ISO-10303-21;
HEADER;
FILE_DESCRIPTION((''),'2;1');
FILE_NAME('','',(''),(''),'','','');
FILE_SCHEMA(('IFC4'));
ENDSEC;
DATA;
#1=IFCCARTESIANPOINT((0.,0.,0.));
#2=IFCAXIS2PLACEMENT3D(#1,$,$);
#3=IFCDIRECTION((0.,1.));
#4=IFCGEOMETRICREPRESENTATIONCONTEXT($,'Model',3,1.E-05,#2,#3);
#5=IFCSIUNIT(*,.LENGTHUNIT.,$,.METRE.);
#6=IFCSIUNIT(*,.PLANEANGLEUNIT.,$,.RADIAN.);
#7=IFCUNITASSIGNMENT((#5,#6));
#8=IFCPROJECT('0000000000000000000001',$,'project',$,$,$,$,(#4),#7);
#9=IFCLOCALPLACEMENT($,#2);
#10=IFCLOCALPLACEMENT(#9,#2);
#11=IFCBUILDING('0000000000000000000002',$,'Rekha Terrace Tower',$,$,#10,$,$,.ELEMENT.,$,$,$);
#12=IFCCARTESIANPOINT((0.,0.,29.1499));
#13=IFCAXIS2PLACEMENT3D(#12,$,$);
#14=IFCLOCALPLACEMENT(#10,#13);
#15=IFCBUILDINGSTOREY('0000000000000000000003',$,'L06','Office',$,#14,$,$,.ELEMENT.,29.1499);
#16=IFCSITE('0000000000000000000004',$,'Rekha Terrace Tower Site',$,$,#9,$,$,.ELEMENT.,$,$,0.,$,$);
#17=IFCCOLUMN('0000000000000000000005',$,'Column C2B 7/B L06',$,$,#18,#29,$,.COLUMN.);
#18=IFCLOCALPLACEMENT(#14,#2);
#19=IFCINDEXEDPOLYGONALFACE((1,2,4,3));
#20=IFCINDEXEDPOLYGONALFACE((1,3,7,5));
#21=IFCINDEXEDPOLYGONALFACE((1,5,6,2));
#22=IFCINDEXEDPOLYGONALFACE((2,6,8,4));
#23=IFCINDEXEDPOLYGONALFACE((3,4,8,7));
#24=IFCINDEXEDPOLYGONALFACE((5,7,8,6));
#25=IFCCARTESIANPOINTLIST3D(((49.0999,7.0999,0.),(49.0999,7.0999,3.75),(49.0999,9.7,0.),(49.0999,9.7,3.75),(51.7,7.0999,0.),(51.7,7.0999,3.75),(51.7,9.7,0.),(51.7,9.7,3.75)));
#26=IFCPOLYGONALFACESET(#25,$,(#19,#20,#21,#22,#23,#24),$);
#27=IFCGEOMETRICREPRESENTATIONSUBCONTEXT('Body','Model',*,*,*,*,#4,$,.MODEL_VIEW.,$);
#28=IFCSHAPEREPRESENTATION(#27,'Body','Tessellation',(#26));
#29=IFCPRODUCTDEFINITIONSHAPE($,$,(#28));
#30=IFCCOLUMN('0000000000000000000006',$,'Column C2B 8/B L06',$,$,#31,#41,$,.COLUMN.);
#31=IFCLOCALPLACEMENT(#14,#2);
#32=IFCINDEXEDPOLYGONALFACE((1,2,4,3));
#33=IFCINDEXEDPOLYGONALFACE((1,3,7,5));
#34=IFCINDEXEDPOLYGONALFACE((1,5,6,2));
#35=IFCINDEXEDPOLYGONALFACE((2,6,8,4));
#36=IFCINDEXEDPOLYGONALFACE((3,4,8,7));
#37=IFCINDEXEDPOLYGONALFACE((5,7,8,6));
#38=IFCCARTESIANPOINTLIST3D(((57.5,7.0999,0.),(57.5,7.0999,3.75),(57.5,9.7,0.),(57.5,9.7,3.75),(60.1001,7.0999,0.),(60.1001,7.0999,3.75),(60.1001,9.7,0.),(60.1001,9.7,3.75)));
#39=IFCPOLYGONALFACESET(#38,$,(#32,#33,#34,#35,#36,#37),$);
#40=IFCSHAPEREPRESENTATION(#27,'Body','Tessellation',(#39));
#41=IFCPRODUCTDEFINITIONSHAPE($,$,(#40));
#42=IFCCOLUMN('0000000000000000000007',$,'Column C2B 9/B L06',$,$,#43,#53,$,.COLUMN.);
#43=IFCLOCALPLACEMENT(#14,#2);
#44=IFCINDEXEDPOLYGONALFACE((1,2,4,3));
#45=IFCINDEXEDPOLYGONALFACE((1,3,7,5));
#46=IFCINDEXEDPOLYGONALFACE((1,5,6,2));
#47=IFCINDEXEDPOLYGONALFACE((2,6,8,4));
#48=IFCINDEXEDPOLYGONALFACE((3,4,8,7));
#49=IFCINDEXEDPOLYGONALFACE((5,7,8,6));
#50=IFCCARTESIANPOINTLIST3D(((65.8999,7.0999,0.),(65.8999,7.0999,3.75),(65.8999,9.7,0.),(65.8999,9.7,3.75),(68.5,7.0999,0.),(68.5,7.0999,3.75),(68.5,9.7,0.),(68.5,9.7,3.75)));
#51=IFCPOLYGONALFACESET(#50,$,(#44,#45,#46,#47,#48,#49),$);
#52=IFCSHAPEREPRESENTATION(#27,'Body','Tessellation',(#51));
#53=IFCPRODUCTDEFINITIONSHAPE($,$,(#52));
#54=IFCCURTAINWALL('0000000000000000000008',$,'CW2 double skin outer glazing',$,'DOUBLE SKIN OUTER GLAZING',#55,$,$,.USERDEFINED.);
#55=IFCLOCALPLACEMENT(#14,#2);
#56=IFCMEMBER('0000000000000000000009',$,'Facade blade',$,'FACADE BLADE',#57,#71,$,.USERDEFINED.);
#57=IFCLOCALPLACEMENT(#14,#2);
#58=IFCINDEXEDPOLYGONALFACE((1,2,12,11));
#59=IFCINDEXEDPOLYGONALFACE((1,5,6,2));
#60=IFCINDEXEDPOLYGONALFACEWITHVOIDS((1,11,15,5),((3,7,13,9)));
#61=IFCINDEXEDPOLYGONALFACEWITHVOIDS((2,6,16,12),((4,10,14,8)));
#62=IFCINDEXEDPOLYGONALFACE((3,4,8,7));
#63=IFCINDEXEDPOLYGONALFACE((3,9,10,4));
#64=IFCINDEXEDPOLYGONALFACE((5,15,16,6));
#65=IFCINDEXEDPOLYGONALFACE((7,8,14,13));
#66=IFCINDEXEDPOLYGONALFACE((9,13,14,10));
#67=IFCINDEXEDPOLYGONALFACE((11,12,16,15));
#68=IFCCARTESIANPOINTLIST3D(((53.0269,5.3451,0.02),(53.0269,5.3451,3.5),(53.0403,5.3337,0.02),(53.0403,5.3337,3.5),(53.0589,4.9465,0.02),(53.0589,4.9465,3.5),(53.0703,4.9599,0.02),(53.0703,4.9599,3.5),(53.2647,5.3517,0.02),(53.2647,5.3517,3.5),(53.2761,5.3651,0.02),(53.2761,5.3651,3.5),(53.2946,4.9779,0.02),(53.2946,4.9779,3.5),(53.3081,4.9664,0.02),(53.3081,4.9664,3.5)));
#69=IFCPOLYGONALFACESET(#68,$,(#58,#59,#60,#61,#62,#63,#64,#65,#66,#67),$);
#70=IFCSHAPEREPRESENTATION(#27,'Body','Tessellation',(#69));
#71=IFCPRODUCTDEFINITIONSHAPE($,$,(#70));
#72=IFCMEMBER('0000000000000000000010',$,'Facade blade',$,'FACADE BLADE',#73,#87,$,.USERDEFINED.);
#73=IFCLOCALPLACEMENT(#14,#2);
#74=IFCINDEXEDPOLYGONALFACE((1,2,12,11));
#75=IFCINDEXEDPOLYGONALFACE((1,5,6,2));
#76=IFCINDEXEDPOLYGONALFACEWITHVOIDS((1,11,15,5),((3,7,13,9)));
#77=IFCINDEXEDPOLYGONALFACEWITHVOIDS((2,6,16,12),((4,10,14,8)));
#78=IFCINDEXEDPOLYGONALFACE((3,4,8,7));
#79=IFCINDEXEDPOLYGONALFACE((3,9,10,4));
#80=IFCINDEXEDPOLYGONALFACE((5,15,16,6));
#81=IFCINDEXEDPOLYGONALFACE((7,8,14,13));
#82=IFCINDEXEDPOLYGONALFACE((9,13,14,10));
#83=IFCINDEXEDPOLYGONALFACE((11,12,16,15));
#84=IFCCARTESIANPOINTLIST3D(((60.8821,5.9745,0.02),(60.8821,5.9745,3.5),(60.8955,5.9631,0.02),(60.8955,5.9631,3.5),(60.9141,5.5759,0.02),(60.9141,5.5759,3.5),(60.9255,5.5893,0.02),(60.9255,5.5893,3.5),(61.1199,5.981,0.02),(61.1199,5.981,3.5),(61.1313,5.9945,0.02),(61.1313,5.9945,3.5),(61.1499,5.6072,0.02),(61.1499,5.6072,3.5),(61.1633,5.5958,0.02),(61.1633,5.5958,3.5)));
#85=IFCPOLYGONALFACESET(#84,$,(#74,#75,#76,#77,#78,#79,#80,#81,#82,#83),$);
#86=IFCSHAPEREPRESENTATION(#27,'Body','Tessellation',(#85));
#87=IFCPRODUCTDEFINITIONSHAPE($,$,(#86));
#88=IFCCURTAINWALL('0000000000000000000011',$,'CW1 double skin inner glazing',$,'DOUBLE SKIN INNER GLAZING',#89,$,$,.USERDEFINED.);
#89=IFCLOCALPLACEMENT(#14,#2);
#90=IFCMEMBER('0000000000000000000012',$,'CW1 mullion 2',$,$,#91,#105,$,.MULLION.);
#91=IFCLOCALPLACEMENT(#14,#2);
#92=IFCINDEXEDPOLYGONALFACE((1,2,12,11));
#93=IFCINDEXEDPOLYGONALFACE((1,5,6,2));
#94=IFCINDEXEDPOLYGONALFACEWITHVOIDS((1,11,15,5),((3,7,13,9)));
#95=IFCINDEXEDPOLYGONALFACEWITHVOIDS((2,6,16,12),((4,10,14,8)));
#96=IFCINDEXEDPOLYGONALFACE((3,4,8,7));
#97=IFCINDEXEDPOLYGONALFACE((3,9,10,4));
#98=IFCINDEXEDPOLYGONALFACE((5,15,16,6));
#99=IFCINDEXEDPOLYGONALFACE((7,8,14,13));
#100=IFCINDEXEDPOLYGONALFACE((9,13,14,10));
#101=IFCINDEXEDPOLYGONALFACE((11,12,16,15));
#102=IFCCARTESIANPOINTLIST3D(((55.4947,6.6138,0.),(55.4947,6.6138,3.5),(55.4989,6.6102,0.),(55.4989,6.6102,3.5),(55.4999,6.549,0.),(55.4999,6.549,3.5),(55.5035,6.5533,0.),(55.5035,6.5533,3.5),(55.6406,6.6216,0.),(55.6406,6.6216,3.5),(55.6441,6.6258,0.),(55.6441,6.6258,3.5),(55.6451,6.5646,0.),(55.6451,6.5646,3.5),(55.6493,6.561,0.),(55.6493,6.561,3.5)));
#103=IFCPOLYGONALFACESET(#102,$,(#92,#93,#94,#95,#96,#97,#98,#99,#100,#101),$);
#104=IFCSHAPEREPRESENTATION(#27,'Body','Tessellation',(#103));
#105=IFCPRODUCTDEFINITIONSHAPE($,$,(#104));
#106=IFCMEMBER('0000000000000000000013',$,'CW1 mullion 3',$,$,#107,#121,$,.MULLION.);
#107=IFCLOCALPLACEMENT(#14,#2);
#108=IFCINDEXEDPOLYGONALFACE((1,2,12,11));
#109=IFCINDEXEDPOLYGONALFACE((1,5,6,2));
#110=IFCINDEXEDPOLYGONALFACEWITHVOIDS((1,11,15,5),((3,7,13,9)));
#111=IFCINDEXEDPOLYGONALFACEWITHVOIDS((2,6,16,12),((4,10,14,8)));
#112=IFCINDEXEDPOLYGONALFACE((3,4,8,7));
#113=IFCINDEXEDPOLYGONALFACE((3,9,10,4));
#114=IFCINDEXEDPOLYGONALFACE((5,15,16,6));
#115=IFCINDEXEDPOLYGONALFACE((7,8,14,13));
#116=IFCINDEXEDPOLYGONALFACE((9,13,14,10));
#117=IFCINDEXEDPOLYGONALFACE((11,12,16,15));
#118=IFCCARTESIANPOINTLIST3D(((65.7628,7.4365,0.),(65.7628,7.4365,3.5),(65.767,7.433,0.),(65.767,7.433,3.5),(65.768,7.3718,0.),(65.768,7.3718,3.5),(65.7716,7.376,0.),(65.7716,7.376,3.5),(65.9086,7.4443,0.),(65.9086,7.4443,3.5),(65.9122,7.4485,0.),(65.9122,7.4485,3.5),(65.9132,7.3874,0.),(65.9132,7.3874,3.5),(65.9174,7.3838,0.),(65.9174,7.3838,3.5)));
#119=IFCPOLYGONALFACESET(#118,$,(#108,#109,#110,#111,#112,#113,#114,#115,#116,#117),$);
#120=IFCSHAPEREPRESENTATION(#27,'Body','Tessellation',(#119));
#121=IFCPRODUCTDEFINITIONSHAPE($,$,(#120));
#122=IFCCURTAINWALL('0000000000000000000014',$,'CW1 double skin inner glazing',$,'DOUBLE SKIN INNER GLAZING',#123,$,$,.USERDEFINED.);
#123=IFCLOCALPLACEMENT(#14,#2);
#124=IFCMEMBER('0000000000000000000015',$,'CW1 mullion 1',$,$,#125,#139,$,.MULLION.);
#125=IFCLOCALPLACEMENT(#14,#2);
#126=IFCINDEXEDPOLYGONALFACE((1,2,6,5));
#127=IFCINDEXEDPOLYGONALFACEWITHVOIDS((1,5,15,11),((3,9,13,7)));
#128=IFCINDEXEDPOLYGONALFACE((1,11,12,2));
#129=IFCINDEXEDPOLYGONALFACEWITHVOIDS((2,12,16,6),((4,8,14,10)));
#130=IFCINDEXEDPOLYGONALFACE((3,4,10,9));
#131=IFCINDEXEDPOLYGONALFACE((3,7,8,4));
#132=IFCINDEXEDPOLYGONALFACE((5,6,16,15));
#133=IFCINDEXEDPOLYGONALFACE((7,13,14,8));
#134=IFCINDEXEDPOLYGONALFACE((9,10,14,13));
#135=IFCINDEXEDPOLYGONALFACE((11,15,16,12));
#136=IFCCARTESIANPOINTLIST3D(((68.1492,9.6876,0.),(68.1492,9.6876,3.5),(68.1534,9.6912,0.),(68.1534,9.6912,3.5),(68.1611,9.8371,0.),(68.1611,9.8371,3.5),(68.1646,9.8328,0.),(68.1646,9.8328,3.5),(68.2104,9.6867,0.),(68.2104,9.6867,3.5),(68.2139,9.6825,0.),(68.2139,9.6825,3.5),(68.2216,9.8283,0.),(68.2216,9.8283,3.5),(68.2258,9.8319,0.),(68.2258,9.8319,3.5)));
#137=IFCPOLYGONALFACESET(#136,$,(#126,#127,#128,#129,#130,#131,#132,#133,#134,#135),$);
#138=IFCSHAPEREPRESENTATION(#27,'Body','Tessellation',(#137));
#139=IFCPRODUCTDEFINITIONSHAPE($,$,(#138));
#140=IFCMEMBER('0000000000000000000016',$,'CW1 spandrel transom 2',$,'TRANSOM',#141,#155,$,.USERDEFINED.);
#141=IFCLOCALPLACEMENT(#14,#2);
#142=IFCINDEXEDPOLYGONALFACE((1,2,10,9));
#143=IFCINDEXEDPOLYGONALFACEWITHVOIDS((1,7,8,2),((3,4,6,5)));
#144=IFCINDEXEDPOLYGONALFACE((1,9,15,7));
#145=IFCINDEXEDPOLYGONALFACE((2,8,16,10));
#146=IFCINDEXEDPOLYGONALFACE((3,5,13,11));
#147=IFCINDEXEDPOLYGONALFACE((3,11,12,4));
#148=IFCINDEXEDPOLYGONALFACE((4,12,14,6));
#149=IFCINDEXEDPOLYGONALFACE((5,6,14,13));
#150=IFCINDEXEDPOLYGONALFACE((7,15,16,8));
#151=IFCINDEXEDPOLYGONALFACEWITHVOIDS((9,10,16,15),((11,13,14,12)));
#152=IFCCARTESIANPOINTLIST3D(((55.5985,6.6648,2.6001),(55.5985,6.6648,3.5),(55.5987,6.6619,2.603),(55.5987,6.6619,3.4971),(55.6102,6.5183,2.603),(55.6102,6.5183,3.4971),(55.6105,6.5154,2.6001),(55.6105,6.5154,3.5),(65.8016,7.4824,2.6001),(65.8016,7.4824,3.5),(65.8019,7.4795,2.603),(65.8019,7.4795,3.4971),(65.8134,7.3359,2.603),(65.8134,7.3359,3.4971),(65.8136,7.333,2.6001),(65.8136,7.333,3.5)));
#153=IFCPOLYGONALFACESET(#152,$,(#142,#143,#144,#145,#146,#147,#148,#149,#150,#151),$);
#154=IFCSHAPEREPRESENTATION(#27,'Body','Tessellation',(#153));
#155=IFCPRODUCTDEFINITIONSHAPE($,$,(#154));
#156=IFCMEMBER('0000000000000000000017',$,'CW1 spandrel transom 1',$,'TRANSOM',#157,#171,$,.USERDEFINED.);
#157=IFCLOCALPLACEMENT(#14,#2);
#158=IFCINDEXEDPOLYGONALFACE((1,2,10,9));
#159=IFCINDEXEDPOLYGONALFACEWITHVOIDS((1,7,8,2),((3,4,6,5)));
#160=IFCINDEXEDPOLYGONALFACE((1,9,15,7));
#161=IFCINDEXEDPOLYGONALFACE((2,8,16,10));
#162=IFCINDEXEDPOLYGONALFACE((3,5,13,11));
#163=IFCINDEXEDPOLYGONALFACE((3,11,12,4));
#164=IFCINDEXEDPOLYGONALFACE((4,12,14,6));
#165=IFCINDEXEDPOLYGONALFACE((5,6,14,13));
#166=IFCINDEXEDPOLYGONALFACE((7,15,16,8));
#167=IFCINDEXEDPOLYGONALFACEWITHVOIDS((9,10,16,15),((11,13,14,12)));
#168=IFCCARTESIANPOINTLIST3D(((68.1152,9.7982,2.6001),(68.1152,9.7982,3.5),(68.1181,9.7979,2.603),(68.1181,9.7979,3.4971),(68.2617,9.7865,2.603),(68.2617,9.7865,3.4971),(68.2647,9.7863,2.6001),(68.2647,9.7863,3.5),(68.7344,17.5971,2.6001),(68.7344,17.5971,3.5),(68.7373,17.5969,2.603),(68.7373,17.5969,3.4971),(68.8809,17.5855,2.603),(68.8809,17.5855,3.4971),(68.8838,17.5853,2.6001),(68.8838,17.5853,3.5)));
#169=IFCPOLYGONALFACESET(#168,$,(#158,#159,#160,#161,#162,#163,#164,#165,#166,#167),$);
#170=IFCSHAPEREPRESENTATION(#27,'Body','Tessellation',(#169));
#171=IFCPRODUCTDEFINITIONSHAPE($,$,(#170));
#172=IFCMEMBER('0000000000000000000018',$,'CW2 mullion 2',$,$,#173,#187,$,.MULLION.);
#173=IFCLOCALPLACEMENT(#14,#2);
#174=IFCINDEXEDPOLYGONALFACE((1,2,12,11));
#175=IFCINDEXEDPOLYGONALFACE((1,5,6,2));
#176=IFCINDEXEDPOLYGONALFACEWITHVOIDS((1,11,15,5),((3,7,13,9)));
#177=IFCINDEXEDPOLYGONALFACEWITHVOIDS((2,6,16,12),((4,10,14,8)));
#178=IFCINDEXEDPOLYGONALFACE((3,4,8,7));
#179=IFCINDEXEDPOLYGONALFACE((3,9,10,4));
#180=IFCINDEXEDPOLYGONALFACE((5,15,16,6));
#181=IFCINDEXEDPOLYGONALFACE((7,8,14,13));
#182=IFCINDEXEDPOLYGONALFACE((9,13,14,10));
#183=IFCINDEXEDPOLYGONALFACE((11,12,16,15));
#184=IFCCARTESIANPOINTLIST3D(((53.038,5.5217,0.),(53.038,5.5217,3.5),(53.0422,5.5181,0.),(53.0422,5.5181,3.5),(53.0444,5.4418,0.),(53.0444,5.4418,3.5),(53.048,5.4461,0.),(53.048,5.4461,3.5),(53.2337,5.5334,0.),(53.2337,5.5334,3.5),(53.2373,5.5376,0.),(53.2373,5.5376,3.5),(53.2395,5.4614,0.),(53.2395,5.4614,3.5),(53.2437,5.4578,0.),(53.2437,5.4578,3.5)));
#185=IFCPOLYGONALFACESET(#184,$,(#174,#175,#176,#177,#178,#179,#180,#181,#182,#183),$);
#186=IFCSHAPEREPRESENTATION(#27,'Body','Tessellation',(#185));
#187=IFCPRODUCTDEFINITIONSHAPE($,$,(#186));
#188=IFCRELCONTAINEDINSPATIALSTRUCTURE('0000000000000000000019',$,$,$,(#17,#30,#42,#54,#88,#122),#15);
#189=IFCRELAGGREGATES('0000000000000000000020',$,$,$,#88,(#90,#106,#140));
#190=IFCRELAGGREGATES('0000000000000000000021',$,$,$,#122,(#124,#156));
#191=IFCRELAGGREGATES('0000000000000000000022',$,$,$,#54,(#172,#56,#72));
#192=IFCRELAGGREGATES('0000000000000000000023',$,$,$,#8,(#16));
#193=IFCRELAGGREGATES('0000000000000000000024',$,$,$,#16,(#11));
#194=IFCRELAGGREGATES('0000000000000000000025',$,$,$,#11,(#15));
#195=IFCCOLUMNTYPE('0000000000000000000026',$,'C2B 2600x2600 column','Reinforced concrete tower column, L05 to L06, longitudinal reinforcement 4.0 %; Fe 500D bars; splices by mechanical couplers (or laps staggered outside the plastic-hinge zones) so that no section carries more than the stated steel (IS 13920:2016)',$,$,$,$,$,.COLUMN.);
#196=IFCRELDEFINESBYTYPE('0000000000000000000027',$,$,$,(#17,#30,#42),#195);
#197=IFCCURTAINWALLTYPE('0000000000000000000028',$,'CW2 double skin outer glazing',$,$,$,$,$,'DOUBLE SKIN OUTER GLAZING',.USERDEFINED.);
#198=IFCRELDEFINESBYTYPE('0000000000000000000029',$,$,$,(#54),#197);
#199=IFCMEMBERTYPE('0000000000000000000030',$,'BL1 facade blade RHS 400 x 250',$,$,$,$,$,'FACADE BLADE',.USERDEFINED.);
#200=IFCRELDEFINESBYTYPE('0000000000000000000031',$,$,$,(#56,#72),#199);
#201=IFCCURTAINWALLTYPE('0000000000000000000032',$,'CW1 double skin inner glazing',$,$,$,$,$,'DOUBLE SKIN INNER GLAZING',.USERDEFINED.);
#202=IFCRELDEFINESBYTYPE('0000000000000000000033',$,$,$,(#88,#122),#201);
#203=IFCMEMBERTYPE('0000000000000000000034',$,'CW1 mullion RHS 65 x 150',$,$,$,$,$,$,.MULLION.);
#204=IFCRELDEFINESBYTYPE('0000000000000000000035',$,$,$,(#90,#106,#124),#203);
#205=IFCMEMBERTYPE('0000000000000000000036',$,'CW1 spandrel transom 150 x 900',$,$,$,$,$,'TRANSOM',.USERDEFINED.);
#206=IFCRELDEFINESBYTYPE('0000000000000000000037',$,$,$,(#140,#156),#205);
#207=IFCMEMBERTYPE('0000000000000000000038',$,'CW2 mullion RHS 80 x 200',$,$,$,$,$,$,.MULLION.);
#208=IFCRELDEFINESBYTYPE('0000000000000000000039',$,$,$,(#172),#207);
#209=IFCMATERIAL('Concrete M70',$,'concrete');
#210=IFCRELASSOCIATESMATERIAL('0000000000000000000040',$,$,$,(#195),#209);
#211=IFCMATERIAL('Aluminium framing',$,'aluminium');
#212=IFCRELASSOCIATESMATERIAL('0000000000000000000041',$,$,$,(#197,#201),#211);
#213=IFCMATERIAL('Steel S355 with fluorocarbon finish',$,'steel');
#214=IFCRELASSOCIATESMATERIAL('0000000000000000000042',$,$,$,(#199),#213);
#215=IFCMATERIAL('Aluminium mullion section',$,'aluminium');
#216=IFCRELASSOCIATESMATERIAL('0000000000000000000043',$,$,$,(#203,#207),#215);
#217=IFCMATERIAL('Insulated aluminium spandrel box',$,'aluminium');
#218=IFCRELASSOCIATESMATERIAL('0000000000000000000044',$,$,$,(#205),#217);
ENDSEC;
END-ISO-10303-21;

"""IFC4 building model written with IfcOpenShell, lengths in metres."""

from ifc_helpers import new_model, si_unit, direction, frame, origin, origin_2d, place, context, subcontext, project, spatial, rectangle, hollow_rectangle, extrude, material, material_profile, profile_set, type_object, element, aggregate, save


model = new_model("IFC4")

# Units and contexts
model_context = context("Model", 3, precision=1e-05, world=origin(), true_north=direction((0.0, 1.0)))
body_context = subcontext(model_context, "Body", "Model", "MODEL_VIEW")
ifc_project = project(units=[si_unit("LENGTHUNIT", "METRE"), si_unit("PLANEANGLEUNIT", "RADIAN")], contexts=[model_context])

# Site, building, storey
site_placement = place(None, origin())
site = spatial("IfcSite", under=ifc_project, at=site_placement, Name="Rekha Terrace Tower Site", CompositionType="ELEMENT", RefElevation=0.0)
building_placement = place(site_placement, origin())
building = spatial("IfcBuilding", under=site, at=building_placement, Name="Rekha Terrace Tower", CompositionType="ELEMENT")
storey_placement = place(building_placement, frame((0.0, 0.0, 29.1499)))
storey = spatial("IfcBuildingStorey", under=building, at=storey_placement, Name="L06", Description="Office", CompositionType="ELEMENT", Elevation=29.1499)

# Columns
ifc_material_1 = material(Name="Concrete M70", Category="concrete")
ifc_material_profile_1 = material_profile(ifc_material_1, rectangle(XDim=2.6001, YDim=2.6001, at=origin_2d()), Name="RC 2600x2600")
ifc_profile_set_1 = profile_set([ifc_material_profile_1], Name="Concrete M70")
column_type = type_object("IfcColumnType", Name="C2B 2600x2600 column", Description="Reinforced concrete tower column, L05 to L06, longitudinal reinforcement 4.0 %; Fe 500D bars; splices by mechanical couplers (or laps staggered outside the plastic-hinge zones) so that no section carries more than the stated steel (IS 13920:2016)", PredefinedType="COLUMN", material=ifc_profile_set_1)
for number, where, z_axis, x_axis, name in (
    (1, (50.3999, 8.3999, 0.0), (0.0, 0.0, 1.0), (1.0, 0.0, 0.0), "Column C2B 7/B L06"),
    (2, (58.8, 8.3999, 0.0), (0.0, 0.0, 1.0), (1.0, 0.0, 0.0), "Column C2B 8/B L06"),
    (3, (67.2, 8.3999, 0.0), (0.0, 0.0, 1.0), (1.0, 0.0, 0.0), "Column C2B 9/B L06"),
):
    element("IfcColumn", number, at=place(storey_placement, frame(where, z_axis=z_axis, x_axis=x_axis)), inside=storey, type_object=column_type, Name=name, PredefinedType="COLUMN", context=body_context, shape_type="SweptSolid", body=[
        extrude(rectangle(XDim=2.6001, YDim=2.6001, at=origin_2d()), origin(), (0.0, 0.0, 1.0), 3.75),
    ])

# Curtain walls, members
ifc_material_2 = material(Name="Aluminium framing", Category="aluminium")
curtain_wall_type_1 = type_object("IfcCurtainWallType", Name="CW2 double skin outer glazing", ElementType="DOUBLE SKIN OUTER GLAZING", PredefinedType="USERDEFINED", material=ifc_material_2)
curtain_wall_1_placement = place(storey_placement, origin())
curtain_wall_1 = element("IfcCurtainWall", 4, at=curtain_wall_1_placement, inside=storey, type_object=curtain_wall_type_1, Name="CW2 double skin outer glazing", ObjectType="DOUBLE SKIN OUTER GLAZING", PredefinedType="USERDEFINED")
ifc_material_3 = material(Name="Steel S355 with fluorocarbon finish", Category="steel")
ifc_material_profile_2 = material_profile(ifc_material_3, hollow_rectangle(XDim=0.25, YDim=0.3999, WallThickness=0.0125, at=origin_2d()), Name="RHS400x250x12.5")
ifc_profile_set_2 = profile_set([ifc_material_profile_2], Name="Steel S355 with fluorocarbon finish")
member_type_1 = type_object("IfcMemberType", Name="BL1 facade blade RHS 400 x 250", ElementType="FACADE BLADE", PredefinedType="USERDEFINED", material=ifc_profile_set_2)
member_1_placement = place(storey_placement, frame((53.1675, 5.1558, 0.02), z_axis=(0.0, 0.0, 1.0), x_axis=(0.996805, 0.079872, 0.0)))
member_1 = element("IfcMember", 5, at=member_1_placement, type_object=member_type_1, Name="Facade blade", ObjectType="FACADE BLADE", PredefinedType="USERDEFINED", context=body_context, shape_type="SweptSolid", body=[
    extrude(hollow_rectangle(XDim=0.25, YDim=0.3999, WallThickness=0.0125, at=origin_2d()), origin(), (0.0, 0.0, 1.0), 3.48),
])
member_2_placement = place(storey_placement, frame((61.0227, 5.7852, 0.02), z_axis=(0.0, 0.0, 1.0), x_axis=(0.996805, 0.079872, 0.0)))
member_2 = element("IfcMember", 6, at=member_2_placement, type_object=member_type_1, Name="Facade blade", ObjectType="FACADE BLADE", PredefinedType="USERDEFINED", context=body_context, shape_type="SweptSolid", body=[
    extrude(hollow_rectangle(XDim=0.25, YDim=0.3999, WallThickness=0.0125, at=origin_2d()), origin(), (0.0, 0.0, 1.0), 3.48),
])
curtain_wall_type_2 = type_object("IfcCurtainWallType", Name="CW1 double skin inner glazing", ElementType="DOUBLE SKIN INNER GLAZING", PredefinedType="USERDEFINED", material=ifc_material_2)
curtain_wall_2_placement = place(storey_placement, origin())
curtain_wall_2 = element("IfcCurtainWall", 7, at=curtain_wall_2_placement, inside=storey, type_object=curtain_wall_type_2, Name="CW1 double skin inner glazing", ObjectType="DOUBLE SKIN INNER GLAZING", PredefinedType="USERDEFINED")
ifc_material_4 = material(Name="Aluminium mullion section", Category="aluminium")
ifc_material_profile_3 = material_profile(ifc_material_4, hollow_rectangle(XDim=0.0649, YDim=0.1499, WallThickness=0.0039, at=origin_2d()), Name="AL RHS 65x150")
ifc_profile_set_3 = profile_set([ifc_material_profile_3], Name="Aluminium mullion section")
member_type_2 = type_object("IfcMemberType", Name="CW1 mullion RHS 65 x 150", PredefinedType="MULLION", material=ifc_profile_set_3)
member_3_placement = place(storey_placement, frame((55.572, 6.5874, 0.0), z_axis=(0.0, 0.0, 1.0), x_axis=(-0.079872, 0.996805, 0.0)))
member_3 = element("IfcMember", 8, at=member_3_placement, type_object=member_type_2, Name="CW1 mullion 2", PredefinedType="MULLION", context=body_context, shape_type="SweptSolid", body=[
    extrude(hollow_rectangle(XDim=0.0649, YDim=0.1499, WallThickness=0.0039, at=origin_2d()), origin(), (0.0, 0.0, 1.0), 3.5),
])
member_4_placement = place(storey_placement, frame((65.8401, 7.4102, 0.0), z_axis=(0.0, 0.0, 1.0), x_axis=(-0.079872, 0.996805, 0.0)))
member_4 = element("IfcMember", 9, at=member_4_placement, type_object=member_type_2, Name="CW1 mullion 3", PredefinedType="MULLION", context=body_context, shape_type="SweptSolid", body=[
    extrude(hollow_rectangle(XDim=0.0649, YDim=0.1499, WallThickness=0.0039, at=origin_2d()), origin(), (0.0, 0.0, 1.0), 3.5),
])

# Curtain wall, member
curtain_wall_3_placement = place(storey_placement, origin())
curtain_wall_3 = element("IfcCurtainWall", 10, at=curtain_wall_3_placement, inside=storey, type_object=curtain_wall_type_2, Name="CW1 double skin inner glazing", ObjectType="DOUBLE SKIN INNER GLAZING", PredefinedType="USERDEFINED")
member_5_placement = place(storey_placement, frame((68.1875, 9.7598, 0.0), z_axis=(0.0, 0.0, 1.0), x_axis=(-0.996865, 0.079116, 0.0)))
member_5 = element("IfcMember", 11, at=member_5_placement, type_object=member_type_2, Name="CW1 mullion 1", PredefinedType="MULLION", context=body_context, shape_type="SweptSolid", body=[
    extrude(hollow_rectangle(XDim=0.0649, YDim=0.1499, WallThickness=0.0039, at=origin_2d()), origin(), (0.0, 0.0, 1.0), 3.5),
])

# Members
ifc_material_5 = material(Name="Insulated aluminium spandrel box", Category="aluminium")
ifc_material_profile_4 = material_profile(ifc_material_5, hollow_rectangle(XDim=0.1499, YDim=0.8999, WallThickness=0.0029, at=origin_2d()), Name="AL SPANDREL BOX 150x900")
ifc_profile_set_4 = profile_set([ifc_material_profile_4], Name="Insulated aluminium spandrel box")
member_type_3 = type_object("IfcMemberType", Name="CW1 spandrel transom 150 x 900", ElementType="TRANSOM", PredefinedType="USERDEFINED", material=ifc_profile_set_4)
member_6_placement = place(storey_placement, frame((55.6045, 6.5901, 3.05), z_axis=(0.996805, 0.079879, 0.0), x_axis=(-0.079879, 0.996805, 0.0)))
member_6 = element("IfcMember", 12, at=member_6_placement, type_object=member_type_3, Name="CW1 spandrel transom 2", ObjectType="TRANSOM", PredefinedType="USERDEFINED", context=body_context, shape_type="SweptSolid", body=[
    extrude(hollow_rectangle(XDim=0.1499, YDim=0.8999, WallThickness=0.0029, at=origin_2d()), origin(), (0.0, 0.0, 1.0), 10.2358),
])
member_7_placement = place(storey_placement, frame((68.1899, 9.7922, 3.05), z_axis=(0.07914, 0.996864, 0.0), x_axis=(-0.996864, 0.07914, 0.0)))
member_7 = element("IfcMember", 13, at=member_7_placement, type_object=member_type_3, Name="CW1 spandrel transom 1", ObjectType="TRANSOM", PredefinedType="USERDEFINED", context=body_context, shape_type="SweptSolid", body=[
    extrude(hollow_rectangle(XDim=0.1499, YDim=0.8999, WallThickness=0.0029, at=origin_2d()), origin(), (0.0, 0.0, 1.0), 7.8235),
])
ifc_material_profile_5 = material_profile(ifc_material_4, hollow_rectangle(XDim=0.0801, YDim=0.2, WallThickness=0.0039, at=origin_2d()), Name="AL RHS 80x200")
ifc_profile_set_5 = profile_set([ifc_material_profile_5], Name="Aluminium mullion section")
member_type_4 = type_object("IfcMemberType", Name="CW2 mullion RHS 80 x 200", PredefinedType="MULLION", material=ifc_profile_set_5)
member_8_placement = place(storey_placement, frame((53.1409, 5.4897, 0.0), z_axis=(0.0, 0.0, 1.0), x_axis=(-0.079872, 0.996805, 0.0)))
member_8 = element("IfcMember", 14, at=member_8_placement, type_object=member_type_4, Name="CW2 mullion 2", PredefinedType="MULLION", context=body_context, shape_type="SweptSolid", body=[
    extrude(hollow_rectangle(XDim=0.0801, YDim=0.2, WallThickness=0.0039, at=origin_2d()), origin(), (0.0, 0.0, 1.0), 3.5),
])

aggregate(curtain_wall_2, [member_3, member_4, member_6])
aggregate(curtain_wall_3, [member_5, member_7])
aggregate(curtain_wall_1, [member_8, member_1, member_2])

save(model, "model.ifc")
